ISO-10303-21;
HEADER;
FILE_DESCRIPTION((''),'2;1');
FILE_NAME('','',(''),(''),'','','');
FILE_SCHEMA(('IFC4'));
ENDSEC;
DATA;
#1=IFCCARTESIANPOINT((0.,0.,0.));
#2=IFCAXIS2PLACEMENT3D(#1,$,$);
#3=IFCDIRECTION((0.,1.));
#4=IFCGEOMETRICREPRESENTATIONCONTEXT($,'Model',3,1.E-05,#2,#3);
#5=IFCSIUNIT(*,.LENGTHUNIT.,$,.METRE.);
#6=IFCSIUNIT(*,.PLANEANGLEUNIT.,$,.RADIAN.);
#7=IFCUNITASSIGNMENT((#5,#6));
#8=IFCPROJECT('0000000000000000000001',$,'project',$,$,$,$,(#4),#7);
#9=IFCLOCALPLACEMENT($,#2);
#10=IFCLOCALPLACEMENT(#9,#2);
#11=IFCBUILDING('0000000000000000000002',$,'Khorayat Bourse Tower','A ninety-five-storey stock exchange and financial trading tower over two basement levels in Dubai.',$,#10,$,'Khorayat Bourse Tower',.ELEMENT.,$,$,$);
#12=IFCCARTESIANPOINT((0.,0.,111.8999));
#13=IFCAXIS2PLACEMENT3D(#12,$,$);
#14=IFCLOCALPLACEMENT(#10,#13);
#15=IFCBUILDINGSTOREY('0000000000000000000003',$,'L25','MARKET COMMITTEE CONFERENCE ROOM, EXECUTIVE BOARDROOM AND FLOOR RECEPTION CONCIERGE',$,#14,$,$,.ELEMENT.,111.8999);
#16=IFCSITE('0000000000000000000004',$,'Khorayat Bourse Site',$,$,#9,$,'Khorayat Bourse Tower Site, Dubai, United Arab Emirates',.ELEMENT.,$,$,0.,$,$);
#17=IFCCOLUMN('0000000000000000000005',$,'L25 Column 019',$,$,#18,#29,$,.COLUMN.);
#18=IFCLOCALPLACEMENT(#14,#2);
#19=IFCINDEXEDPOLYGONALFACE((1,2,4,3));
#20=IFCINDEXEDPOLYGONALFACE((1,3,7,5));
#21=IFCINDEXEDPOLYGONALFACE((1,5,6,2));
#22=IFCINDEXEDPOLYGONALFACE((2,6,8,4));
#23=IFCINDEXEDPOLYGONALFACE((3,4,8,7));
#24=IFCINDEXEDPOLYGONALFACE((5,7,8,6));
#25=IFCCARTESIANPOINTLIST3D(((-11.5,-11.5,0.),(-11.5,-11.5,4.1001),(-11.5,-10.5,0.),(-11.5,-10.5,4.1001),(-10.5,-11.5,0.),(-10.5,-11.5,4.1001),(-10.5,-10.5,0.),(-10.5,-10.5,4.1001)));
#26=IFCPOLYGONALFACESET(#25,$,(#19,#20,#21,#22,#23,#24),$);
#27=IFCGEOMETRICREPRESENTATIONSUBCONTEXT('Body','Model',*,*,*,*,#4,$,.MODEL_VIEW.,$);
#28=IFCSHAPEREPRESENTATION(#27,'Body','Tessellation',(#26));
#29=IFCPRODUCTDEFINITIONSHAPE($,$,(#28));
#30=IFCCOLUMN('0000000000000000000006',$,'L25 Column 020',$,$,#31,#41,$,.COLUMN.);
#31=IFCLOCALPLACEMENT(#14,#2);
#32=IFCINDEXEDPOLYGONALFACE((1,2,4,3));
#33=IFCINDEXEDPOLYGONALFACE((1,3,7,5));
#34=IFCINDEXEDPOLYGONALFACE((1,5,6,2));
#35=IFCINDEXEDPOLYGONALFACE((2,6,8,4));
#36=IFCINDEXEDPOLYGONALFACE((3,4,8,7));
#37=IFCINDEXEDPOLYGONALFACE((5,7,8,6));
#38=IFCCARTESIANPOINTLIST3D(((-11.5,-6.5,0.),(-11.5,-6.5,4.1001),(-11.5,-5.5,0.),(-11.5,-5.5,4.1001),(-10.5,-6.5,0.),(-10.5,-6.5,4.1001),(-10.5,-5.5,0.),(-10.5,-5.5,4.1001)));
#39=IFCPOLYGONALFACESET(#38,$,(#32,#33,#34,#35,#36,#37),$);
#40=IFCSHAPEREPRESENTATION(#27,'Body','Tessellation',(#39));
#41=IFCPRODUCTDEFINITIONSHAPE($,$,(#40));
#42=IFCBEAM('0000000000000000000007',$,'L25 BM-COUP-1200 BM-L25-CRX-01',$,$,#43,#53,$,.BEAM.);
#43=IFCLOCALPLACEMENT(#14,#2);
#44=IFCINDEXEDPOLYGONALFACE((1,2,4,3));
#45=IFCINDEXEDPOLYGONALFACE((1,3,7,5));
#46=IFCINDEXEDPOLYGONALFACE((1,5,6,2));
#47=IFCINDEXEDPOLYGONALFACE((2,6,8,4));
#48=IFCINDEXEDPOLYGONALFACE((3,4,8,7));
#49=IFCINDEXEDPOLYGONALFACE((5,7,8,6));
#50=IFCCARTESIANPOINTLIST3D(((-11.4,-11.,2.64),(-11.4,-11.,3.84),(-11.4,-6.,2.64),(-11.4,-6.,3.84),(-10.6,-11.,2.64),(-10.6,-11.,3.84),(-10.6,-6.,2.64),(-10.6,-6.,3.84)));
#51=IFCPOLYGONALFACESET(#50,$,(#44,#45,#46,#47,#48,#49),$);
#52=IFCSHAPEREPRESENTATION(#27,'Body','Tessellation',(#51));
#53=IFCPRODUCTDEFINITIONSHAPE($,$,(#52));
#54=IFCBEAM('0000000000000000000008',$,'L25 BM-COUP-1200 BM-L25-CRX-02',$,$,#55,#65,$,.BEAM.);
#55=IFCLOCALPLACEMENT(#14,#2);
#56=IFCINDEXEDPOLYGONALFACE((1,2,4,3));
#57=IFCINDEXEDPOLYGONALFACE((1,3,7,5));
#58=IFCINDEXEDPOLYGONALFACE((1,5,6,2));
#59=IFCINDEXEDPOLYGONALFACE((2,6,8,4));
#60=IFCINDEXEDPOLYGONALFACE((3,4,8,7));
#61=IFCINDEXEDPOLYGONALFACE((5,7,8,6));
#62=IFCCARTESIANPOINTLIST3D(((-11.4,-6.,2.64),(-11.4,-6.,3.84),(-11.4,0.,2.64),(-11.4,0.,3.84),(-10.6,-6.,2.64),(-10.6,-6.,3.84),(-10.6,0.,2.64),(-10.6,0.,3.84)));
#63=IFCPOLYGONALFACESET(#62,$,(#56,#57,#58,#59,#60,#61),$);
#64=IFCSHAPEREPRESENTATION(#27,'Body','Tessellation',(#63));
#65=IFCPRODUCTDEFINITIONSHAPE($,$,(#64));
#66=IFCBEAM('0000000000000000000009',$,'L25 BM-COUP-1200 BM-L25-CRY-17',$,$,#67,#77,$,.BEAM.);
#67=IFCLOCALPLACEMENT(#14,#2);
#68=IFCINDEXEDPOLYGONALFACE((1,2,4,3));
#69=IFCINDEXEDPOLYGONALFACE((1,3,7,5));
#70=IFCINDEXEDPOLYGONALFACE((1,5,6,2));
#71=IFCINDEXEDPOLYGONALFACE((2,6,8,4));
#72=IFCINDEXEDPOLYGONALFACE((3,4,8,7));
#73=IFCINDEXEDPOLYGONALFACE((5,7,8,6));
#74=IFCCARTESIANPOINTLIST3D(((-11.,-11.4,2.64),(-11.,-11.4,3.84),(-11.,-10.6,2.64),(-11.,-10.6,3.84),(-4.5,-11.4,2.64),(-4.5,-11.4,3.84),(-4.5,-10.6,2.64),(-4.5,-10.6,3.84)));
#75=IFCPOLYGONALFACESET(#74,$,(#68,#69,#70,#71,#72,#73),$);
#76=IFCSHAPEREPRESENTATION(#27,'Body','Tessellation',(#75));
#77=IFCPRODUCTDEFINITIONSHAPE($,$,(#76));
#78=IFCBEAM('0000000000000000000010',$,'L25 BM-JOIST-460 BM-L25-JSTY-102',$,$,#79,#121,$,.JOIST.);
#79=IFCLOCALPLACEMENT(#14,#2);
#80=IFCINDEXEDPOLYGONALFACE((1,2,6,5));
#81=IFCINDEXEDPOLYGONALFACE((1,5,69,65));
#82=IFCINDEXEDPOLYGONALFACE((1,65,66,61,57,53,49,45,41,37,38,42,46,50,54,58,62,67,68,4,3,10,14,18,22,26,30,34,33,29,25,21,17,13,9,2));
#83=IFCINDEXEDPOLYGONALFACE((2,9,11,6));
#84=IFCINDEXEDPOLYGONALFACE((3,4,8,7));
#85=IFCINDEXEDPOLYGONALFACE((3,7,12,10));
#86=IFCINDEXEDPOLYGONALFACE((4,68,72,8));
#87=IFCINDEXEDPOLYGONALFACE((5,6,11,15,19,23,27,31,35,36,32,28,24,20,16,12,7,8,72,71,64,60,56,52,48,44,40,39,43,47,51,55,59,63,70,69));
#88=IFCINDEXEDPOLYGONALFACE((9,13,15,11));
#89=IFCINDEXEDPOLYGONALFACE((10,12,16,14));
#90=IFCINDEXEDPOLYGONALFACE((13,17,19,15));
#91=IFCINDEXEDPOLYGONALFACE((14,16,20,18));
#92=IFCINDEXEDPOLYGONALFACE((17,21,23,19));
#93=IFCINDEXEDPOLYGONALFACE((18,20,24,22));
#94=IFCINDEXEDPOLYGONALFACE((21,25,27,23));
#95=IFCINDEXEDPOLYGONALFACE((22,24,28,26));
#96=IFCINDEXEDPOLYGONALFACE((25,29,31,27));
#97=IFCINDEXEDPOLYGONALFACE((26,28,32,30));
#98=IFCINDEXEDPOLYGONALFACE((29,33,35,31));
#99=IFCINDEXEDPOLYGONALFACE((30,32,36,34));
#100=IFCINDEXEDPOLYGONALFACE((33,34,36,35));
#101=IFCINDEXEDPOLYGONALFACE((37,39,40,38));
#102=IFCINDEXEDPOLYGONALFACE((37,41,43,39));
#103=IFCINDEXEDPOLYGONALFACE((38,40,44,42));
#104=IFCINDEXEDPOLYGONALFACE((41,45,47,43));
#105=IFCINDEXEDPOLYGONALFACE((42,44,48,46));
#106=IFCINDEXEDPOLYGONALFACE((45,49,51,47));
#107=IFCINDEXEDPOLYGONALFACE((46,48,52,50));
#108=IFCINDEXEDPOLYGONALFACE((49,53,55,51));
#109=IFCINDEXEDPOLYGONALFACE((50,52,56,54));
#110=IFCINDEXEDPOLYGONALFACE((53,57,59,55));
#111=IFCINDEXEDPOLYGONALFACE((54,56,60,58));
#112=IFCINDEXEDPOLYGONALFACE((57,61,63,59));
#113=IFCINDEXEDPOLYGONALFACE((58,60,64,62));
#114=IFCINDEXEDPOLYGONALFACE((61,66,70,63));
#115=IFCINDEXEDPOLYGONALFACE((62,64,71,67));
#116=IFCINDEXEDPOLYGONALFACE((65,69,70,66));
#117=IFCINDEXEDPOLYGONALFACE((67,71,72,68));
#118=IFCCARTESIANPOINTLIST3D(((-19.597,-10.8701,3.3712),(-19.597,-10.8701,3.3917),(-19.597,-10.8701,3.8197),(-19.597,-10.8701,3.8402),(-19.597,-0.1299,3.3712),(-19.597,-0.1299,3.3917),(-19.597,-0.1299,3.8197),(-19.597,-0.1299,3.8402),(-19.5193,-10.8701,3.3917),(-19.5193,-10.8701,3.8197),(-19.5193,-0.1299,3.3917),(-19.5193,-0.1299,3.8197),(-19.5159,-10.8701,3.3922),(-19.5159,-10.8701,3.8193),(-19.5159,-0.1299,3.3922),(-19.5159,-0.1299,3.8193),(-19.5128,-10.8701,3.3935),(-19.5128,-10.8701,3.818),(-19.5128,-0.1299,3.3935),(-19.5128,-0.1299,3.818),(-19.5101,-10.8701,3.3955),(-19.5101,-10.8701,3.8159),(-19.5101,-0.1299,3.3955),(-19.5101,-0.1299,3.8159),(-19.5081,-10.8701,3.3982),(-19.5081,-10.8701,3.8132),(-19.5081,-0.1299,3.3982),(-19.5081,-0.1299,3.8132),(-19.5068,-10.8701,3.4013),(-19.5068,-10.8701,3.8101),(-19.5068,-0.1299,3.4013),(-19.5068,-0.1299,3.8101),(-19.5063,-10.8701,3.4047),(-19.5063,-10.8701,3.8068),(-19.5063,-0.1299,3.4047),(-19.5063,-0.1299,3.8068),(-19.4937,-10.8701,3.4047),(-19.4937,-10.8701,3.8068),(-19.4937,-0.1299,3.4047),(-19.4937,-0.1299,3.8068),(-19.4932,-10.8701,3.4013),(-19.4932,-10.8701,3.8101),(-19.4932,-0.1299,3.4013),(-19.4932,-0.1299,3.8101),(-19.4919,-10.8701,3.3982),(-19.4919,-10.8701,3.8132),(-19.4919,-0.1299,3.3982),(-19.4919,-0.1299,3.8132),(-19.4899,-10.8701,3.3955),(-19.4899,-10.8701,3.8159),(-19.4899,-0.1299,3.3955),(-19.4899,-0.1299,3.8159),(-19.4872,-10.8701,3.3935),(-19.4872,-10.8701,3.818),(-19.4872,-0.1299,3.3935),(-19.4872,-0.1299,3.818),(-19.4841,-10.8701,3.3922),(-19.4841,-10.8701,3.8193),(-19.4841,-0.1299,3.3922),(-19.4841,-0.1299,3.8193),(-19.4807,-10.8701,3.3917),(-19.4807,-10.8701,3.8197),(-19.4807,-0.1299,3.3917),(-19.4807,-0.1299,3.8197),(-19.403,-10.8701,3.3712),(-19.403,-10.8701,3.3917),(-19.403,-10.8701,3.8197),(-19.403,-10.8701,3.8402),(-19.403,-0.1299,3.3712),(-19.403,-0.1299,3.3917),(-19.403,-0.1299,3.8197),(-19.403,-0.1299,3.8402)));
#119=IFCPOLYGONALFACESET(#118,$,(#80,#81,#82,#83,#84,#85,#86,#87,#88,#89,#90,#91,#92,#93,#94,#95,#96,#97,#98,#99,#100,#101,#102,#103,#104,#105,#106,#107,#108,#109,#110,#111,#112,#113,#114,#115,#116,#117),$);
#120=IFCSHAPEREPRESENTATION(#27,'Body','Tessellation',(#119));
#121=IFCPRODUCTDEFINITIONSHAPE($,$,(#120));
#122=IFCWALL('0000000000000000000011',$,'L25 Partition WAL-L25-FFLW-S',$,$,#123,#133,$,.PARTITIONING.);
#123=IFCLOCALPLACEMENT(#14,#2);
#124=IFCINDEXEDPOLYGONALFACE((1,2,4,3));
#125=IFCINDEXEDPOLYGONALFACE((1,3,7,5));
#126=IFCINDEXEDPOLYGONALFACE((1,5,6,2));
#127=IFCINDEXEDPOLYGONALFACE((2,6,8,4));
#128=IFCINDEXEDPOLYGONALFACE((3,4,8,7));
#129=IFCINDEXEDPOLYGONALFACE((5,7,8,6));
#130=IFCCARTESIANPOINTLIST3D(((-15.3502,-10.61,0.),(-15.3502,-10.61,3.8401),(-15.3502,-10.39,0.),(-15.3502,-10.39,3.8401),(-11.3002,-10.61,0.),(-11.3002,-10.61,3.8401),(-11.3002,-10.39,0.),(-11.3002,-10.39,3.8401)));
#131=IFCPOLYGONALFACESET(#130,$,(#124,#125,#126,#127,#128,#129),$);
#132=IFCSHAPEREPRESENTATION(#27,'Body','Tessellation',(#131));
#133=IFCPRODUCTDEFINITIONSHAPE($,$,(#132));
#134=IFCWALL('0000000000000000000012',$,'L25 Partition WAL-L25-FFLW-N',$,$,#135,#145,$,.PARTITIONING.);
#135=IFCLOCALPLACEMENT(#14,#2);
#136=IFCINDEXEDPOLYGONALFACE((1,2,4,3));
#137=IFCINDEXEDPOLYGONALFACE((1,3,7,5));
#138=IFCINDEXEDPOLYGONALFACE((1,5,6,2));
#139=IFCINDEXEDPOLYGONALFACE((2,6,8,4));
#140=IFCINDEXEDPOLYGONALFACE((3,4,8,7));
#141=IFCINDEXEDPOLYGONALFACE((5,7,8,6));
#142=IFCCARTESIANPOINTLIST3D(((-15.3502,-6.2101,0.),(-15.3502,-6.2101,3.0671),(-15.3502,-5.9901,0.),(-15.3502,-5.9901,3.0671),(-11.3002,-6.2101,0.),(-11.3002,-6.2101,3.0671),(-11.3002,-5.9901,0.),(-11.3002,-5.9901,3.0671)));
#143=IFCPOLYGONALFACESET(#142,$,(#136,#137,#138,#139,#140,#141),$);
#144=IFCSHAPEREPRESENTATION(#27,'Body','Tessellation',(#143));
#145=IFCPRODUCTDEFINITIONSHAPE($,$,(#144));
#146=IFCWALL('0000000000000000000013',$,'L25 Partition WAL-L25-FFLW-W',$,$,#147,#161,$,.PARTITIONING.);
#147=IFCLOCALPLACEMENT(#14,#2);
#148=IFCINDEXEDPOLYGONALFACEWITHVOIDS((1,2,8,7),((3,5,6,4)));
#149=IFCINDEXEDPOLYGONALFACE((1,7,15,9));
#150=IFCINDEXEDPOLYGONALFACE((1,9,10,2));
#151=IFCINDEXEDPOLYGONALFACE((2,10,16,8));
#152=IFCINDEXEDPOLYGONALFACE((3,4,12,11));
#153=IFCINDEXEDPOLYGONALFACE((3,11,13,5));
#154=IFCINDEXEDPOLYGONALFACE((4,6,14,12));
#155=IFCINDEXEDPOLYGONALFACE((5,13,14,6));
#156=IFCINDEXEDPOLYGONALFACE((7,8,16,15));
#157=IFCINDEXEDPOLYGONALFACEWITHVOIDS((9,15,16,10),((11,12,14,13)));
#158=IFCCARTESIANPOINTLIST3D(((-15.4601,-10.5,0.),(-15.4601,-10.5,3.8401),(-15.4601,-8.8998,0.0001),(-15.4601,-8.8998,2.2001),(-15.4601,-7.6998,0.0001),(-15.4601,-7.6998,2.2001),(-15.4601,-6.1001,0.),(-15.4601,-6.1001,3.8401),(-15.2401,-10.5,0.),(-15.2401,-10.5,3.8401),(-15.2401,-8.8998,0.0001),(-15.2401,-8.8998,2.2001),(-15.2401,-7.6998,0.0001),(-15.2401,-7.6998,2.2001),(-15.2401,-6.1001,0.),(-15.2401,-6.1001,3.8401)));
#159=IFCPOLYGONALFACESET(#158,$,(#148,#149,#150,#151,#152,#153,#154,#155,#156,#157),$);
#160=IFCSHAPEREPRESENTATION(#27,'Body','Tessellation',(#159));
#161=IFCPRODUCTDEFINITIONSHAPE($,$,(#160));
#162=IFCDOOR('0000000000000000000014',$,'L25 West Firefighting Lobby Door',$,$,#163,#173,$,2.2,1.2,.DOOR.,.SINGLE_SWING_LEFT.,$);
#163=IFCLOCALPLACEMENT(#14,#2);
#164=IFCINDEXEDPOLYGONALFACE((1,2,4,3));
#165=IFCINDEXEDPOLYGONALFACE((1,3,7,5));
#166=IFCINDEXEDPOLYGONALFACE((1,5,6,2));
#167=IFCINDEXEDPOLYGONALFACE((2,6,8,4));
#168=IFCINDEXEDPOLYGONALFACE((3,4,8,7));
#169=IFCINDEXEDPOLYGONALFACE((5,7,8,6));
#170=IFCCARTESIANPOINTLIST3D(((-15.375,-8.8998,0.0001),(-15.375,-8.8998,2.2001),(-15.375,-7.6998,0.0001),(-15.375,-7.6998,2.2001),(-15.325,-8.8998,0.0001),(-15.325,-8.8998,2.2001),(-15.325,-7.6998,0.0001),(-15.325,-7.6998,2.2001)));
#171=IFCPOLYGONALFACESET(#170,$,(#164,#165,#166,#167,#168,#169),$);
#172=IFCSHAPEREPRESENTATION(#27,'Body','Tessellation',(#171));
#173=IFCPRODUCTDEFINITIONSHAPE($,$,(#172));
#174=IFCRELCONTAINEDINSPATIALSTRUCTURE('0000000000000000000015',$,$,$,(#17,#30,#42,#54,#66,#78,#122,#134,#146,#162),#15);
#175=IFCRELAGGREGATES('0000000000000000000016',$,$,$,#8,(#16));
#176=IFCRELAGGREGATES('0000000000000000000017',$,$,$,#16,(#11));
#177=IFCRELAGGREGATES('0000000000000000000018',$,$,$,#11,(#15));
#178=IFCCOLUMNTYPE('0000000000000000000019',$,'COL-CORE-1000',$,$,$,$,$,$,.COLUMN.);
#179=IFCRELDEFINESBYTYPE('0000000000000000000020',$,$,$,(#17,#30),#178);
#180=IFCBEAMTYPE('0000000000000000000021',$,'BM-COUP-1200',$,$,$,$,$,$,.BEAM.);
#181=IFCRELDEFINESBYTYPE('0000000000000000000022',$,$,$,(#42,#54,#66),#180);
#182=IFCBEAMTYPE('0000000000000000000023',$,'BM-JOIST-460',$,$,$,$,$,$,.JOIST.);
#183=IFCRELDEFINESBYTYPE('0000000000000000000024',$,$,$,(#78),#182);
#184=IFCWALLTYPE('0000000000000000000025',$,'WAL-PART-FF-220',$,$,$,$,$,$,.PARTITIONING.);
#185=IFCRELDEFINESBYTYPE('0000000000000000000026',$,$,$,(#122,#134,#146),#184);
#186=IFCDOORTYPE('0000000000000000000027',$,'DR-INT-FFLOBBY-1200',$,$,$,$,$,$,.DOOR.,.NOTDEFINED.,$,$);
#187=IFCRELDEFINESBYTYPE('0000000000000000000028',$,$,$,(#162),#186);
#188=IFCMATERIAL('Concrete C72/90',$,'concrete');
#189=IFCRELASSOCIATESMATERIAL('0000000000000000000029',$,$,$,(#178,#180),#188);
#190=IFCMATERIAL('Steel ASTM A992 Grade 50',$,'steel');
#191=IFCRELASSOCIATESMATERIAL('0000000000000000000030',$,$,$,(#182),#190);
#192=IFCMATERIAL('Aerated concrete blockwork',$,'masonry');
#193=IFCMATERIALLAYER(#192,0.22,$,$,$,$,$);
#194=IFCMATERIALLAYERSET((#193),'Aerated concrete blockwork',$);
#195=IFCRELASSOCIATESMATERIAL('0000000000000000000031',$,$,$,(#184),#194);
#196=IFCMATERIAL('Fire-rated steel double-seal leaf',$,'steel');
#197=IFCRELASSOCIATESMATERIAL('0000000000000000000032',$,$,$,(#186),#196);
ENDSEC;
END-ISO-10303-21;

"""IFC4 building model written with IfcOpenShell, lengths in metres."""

from ifc_helpers import new_model, si_unit, direction, frame, frame_2d, origin, origin_2d, place, context, subcontext, project, spatial, rectangle, i_section, extrude, source, transform, mapped, material, layer, layer_set, material_profile, profile_set, type_object, element, fill, save


model = new_model("IFC4")

# Units and contexts
model_context = context("Model", 3, precision=1e-05, world=origin(), true_north=direction((0.0, 1.0)))
body_context = subcontext(model_context, "Body", "Model", "MODEL_VIEW")
ifc_project = project(units=[si_unit("LENGTHUNIT", "METRE"), si_unit("PLANEANGLEUNIT", "RADIAN")], contexts=[model_context])

# Site, building, storey
site_placement = place(None, origin())
site = spatial("IfcSite", under=ifc_project, at=site_placement, Name="Khorayat Bourse Site", LongName="Khorayat Bourse Tower Site, Dubai, United Arab Emirates", CompositionType="ELEMENT", RefElevation=0.0)
building_placement = place(site_placement, origin())
building = spatial("IfcBuilding", under=site, at=building_placement, Name="Khorayat Bourse Tower", Description="A ninety-five-storey stock exchange and financial trading tower over two basement levels in Dubai.", LongName="Khorayat Bourse Tower", CompositionType="ELEMENT")
storey_placement = place(building_placement, frame((0.0, 0.0, 111.8999)))
storey = spatial("IfcBuildingStorey", under=building, at=storey_placement, Name="L25", Description="MARKET COMMITTEE CONFERENCE ROOM, EXECUTIVE BOARDROOM AND FLOOR RECEPTION CONCIERGE", CompositionType="ELEMENT", Elevation=111.8999)

# Columns
ifc_material_1 = material(Name="Concrete C72/90", Category="concrete")
ifc_material_profile_1 = material_profile(ifc_material_1, rectangle(XDim=1.0, YDim=1.0, at=origin_2d()), Name="RC 1000x1000")
ifc_profile_set_1 = profile_set([ifc_material_profile_1], Name="Concrete C72/90")
column_type = type_object("IfcColumnType", Name="COL-CORE-1000", PredefinedType="COLUMN", material=ifc_profile_set_1)
shared_shape_1 = source(origin(), body_context, "Body", "SweptSolid", [
    extrude(rectangle(XDim=1.0, YDim=1.0, at=origin_2d()), origin(), (0.0, 0.0, 1.0), 4.1001),
])
for number, where, z_axis, x_axis, name in (
    (1, (-11.0, -11.0, 0.0), (0.0, 0.0, 1.0), (1.0, 0.0, 0.0), "L25 Column 019"),
    (2, (-11.0, -6.0, 0.0), (0.0, 0.0, 1.0), (1.0, 0.0, 0.0), "L25 Column 020"),
):
    element("IfcColumn", number, at=place(storey_placement, frame(where, z_axis=z_axis, x_axis=x_axis)), inside=storey, type_object=column_type, Name=name, PredefinedType="COLUMN", context=body_context, shape_type="MappedRepresentation", body=[
        mapped(shared_shape_1, transform((0.0, 0.0, 0.0), scale=1.0)),
    ])

# Beams
ifc_material_profile_2 = material_profile(ifc_material_1, rectangle(XDim=0.8, YDim=1.2, at=origin_2d()), Name="RC 800x1200")
ifc_profile_set_2 = profile_set([ifc_material_profile_2], Name="Concrete C72/90")
beam_type_1 = type_object("IfcBeamType", Name="BM-COUP-1200", PredefinedType="BEAM", material=ifc_profile_set_2)
shared_shape_2 = source(origin(), body_context, "Body", "SweptSolid", [
    extrude(rectangle(XDim=0.8, YDim=1.2, at=origin_2d()), origin(), (0.0, 0.0, 1.0), 5.0),
])
beam_1_placement = place(storey_placement, frame((-11.0, -11.0, 3.24), z_axis=(0.0, 1.0, 0.0), x_axis=(-1.0, 0.0, 0.0)))
element("IfcBeam", 3, at=beam_1_placement, inside=storey, type_object=beam_type_1, Name="L25 BM-COUP-1200 BM-L25-CRX-01", PredefinedType="BEAM", context=body_context, shape_type="MappedRepresentation", body=[
    mapped(shared_shape_2, transform((0.0, 0.0, 0.0), scale=1.0)),
])
shared_shape_3 = source(origin(), body_context, "Body", "SweptSolid", [
    extrude(rectangle(XDim=0.8, YDim=1.2, at=origin_2d()), origin(), (0.0, 0.0, 1.0), 6.0),
])
beam_2_placement = place(storey_placement, frame((-11.0, -6.0, 3.24), z_axis=(0.0, 1.0, 0.0), x_axis=(-1.0, 0.0, 0.0)))
element("IfcBeam", 4, at=beam_2_placement, inside=storey, type_object=beam_type_1, Name="L25 BM-COUP-1200 BM-L25-CRX-02", PredefinedType="BEAM", context=body_context, shape_type="MappedRepresentation", body=[
    mapped(shared_shape_3, transform((0.0, 0.0, 0.0), scale=1.0)),
])
shared_shape_4 = source(origin(), body_context, "Body", "SweptSolid", [
    extrude(rectangle(XDim=0.8, YDim=1.2, at=origin_2d()), origin(), (0.0, 0.0, 1.0), 6.5),
])
beam_3_placement = place(storey_placement, frame((-11.0, -11.0, 3.24), z_axis=(1.0, 0.0, 0.0), x_axis=(0.0, 1.0, 0.0)))
element("IfcBeam", 5, at=beam_3_placement, inside=storey, type_object=beam_type_1, Name="L25 BM-COUP-1200 BM-L25-CRY-17", PredefinedType="BEAM", context=body_context, shape_type="MappedRepresentation", body=[
    mapped(shared_shape_4, transform((0.0, 0.0, 0.0), scale=1.0)),
])
ifc_material_2 = material(Name="Steel ASTM A992 Grade 50", Category="steel")
ifc_material_profile_3 = material_profile(ifc_material_2, i_section(OverallWidth=0.1941, OverallDepth=0.469, WebThickness=0.0127, FlangeThickness=0.0205, FilletRadius=0.0129, at=origin_2d()), Name="W460X106")
ifc_profile_set_3 = profile_set([ifc_material_profile_3], Name="Steel ASTM A992 Grade 50")
beam_type_2 = type_object("IfcBeamType", Name="BM-JOIST-460", PredefinedType="JOIST", material=ifc_profile_set_3)
shared_shape_5 = source(origin(), body_context, "Body", "SweptSolid", [
    extrude(i_section(OverallWidth=0.1941, OverallDepth=0.469, WebThickness=0.0127, FlangeThickness=0.0205, FilletRadius=0.0129, at=origin_2d()), origin(), (0.0, 0.0, 1.0), 10.7402),
])
beam_4_placement = place(storey_placement, frame((-19.5, -10.8701, 3.6057), z_axis=(0.0, 1.0, 0.0), x_axis=(-1.0, 0.0, 0.0)))
element("IfcBeam", 6, at=beam_4_placement, inside=storey, type_object=beam_type_2, Name="L25 BM-JOIST-460 BM-L25-JSTY-102", PredefinedType="JOIST", context=body_context, shape_type="MappedRepresentation", body=[
    mapped(shared_shape_5, transform((0.0, 0.0, 0.0), scale=1.0)),
])

# Walls
ifc_material_3 = material(Name="Aerated concrete blockwork", Category="masonry")
ifc_layer_1 = layer(ifc_material_3, 0.22)
ifc_layer_set_1 = layer_set([ifc_layer_1], Name="Aerated concrete blockwork")
wall_type_1 = type_object("IfcWallType", Name="WAL-PART-FF-220", PredefinedType="PARTITIONING", material=ifc_layer_set_1)
shared_shape_6 = source(origin(), body_context, "Body", "SweptSolid", [
    extrude(rectangle(XDim=4.05, YDim=0.22, at=frame_2d((2.0249, 0.0))), origin(), (0.0, 0.0, 1.0), 3.8401),
])
wall_1_placement = place(storey_placement, frame((-15.3501, -10.5, 0.0), z_axis=(0.0, 0.0, 1.0), x_axis=(1.0, 0.0, 0.0)))
element("IfcWall", 7, at=wall_1_placement, inside=storey, type_object=wall_type_1, Name="L25 Partition WAL-L25-FFLW-S", PredefinedType="PARTITIONING", context=body_context, shape_type="MappedRepresentation", body=[
    mapped(shared_shape_6, transform((0.0, 0.0, 0.0), scale=1.0)),
])
shared_shape_7 = source(origin(), body_context, "Body", "SweptSolid", [
    extrude(rectangle(XDim=4.05, YDim=0.22, at=frame_2d((2.0249, 0.0))), origin(), (0.0, 0.0, 1.0), 3.0671),
])
wall_2_placement = place(storey_placement, frame((-15.3501, -6.1001, 0.0), z_axis=(0.0, 0.0, 1.0), x_axis=(1.0, 0.0, 0.0)))
element("IfcWall", 8, at=wall_2_placement, inside=storey, type_object=wall_type_1, Name="L25 Partition WAL-L25-FFLW-N", PredefinedType="PARTITIONING", context=body_context, shape_type="MappedRepresentation", body=[
    mapped(shared_shape_7, transform((0.0, 0.0, 0.0), scale=1.0)),
])

# Wall, opening, door
shared_shape_8 = source(origin(), body_context, "Body", "SweptSolid", [
    extrude(rectangle(XDim=4.3999, YDim=0.22, at=frame_2d((2.2, 0.0))), origin(), (0.0, 0.0, 1.0), 3.8401),
])
wall_3_placement = place(storey_placement, frame((-15.3501, -10.5, 0.0), z_axis=(0.0, 0.0, 1.0), x_axis=(0.0, 1.0, 0.0)))
wall_3 = element("IfcWall", 9, at=wall_3_placement, inside=storey, type_object=wall_type_1, Name="L25 Partition WAL-L25-FFLW-W", PredefinedType="PARTITIONING", context=body_context, shape_type="MappedRepresentation", body=[
    mapped(shared_shape_8, transform((0.0, 0.0, 0.0), scale=1.0)),
])
shared_shape_9 = source(origin(), body_context, "Body", "SweptSolid", [
    extrude(rectangle(XDim=1.2, YDim=2.2, at=frame_2d((0.6001, 1.1001))), frame((0.0, 0.1199, 0.0), z_axis=(0.0, -1.0, 0.0), x_axis=(1.0, 0.0, 0.0)), (0.0, 0.0, 1.0), 0.24),
])
opening_1_placement = place(wall_3_placement, frame((1.6001, 0.0, 0.0)))
opening_1 = element("IfcOpeningElement", 10, at=opening_1_placement, cuts=wall_3, PredefinedType="OPENING", context=body_context, shape_type="MappedRepresentation", body=[
    mapped(shared_shape_9, transform((0.0, 0.0, 0.0), scale=1.0)),
])
ifc_material_4 = material(Name="Fire-rated steel double-seal leaf", Category="steel")
door_type_1 = type_object("IfcDoorType", Name="DR-INT-FFLOBBY-1200", OperationType="NOTDEFINED", PredefinedType="DOOR", material=ifc_material_4)
shared_shape_10 = source(origin(), body_context, "Body", "SweptSolid", [
    extrude(rectangle(XDim=1.2, YDim=2.2, at=frame_2d((0.6001, 1.1001))), frame((0.0, 0.0249, 0.0), z_axis=(0.0, -1.0, 0.0), x_axis=(1.0, 0.0, 0.0)), (0.0, 0.0, 1.0), 0.05),
])
door_1_placement = place(opening_1_placement, origin())
door_1 = element("IfcDoor", 11, at=door_1_placement, inside=storey, type_object=door_type_1, Name="L25 West Firefighting Lobby Door", OperationType="SINGLE_SWING_LEFT", OverallHeight=2.2, OverallWidth=1.2, PredefinedType="DOOR", context=body_context, shape_type="MappedRepresentation", body=[
    mapped(shared_shape_10, transform((0.0, 0.0, 0.0), scale=1.0)),
])
fill(opening_1, door_1)

save(model, "model.ifc")
